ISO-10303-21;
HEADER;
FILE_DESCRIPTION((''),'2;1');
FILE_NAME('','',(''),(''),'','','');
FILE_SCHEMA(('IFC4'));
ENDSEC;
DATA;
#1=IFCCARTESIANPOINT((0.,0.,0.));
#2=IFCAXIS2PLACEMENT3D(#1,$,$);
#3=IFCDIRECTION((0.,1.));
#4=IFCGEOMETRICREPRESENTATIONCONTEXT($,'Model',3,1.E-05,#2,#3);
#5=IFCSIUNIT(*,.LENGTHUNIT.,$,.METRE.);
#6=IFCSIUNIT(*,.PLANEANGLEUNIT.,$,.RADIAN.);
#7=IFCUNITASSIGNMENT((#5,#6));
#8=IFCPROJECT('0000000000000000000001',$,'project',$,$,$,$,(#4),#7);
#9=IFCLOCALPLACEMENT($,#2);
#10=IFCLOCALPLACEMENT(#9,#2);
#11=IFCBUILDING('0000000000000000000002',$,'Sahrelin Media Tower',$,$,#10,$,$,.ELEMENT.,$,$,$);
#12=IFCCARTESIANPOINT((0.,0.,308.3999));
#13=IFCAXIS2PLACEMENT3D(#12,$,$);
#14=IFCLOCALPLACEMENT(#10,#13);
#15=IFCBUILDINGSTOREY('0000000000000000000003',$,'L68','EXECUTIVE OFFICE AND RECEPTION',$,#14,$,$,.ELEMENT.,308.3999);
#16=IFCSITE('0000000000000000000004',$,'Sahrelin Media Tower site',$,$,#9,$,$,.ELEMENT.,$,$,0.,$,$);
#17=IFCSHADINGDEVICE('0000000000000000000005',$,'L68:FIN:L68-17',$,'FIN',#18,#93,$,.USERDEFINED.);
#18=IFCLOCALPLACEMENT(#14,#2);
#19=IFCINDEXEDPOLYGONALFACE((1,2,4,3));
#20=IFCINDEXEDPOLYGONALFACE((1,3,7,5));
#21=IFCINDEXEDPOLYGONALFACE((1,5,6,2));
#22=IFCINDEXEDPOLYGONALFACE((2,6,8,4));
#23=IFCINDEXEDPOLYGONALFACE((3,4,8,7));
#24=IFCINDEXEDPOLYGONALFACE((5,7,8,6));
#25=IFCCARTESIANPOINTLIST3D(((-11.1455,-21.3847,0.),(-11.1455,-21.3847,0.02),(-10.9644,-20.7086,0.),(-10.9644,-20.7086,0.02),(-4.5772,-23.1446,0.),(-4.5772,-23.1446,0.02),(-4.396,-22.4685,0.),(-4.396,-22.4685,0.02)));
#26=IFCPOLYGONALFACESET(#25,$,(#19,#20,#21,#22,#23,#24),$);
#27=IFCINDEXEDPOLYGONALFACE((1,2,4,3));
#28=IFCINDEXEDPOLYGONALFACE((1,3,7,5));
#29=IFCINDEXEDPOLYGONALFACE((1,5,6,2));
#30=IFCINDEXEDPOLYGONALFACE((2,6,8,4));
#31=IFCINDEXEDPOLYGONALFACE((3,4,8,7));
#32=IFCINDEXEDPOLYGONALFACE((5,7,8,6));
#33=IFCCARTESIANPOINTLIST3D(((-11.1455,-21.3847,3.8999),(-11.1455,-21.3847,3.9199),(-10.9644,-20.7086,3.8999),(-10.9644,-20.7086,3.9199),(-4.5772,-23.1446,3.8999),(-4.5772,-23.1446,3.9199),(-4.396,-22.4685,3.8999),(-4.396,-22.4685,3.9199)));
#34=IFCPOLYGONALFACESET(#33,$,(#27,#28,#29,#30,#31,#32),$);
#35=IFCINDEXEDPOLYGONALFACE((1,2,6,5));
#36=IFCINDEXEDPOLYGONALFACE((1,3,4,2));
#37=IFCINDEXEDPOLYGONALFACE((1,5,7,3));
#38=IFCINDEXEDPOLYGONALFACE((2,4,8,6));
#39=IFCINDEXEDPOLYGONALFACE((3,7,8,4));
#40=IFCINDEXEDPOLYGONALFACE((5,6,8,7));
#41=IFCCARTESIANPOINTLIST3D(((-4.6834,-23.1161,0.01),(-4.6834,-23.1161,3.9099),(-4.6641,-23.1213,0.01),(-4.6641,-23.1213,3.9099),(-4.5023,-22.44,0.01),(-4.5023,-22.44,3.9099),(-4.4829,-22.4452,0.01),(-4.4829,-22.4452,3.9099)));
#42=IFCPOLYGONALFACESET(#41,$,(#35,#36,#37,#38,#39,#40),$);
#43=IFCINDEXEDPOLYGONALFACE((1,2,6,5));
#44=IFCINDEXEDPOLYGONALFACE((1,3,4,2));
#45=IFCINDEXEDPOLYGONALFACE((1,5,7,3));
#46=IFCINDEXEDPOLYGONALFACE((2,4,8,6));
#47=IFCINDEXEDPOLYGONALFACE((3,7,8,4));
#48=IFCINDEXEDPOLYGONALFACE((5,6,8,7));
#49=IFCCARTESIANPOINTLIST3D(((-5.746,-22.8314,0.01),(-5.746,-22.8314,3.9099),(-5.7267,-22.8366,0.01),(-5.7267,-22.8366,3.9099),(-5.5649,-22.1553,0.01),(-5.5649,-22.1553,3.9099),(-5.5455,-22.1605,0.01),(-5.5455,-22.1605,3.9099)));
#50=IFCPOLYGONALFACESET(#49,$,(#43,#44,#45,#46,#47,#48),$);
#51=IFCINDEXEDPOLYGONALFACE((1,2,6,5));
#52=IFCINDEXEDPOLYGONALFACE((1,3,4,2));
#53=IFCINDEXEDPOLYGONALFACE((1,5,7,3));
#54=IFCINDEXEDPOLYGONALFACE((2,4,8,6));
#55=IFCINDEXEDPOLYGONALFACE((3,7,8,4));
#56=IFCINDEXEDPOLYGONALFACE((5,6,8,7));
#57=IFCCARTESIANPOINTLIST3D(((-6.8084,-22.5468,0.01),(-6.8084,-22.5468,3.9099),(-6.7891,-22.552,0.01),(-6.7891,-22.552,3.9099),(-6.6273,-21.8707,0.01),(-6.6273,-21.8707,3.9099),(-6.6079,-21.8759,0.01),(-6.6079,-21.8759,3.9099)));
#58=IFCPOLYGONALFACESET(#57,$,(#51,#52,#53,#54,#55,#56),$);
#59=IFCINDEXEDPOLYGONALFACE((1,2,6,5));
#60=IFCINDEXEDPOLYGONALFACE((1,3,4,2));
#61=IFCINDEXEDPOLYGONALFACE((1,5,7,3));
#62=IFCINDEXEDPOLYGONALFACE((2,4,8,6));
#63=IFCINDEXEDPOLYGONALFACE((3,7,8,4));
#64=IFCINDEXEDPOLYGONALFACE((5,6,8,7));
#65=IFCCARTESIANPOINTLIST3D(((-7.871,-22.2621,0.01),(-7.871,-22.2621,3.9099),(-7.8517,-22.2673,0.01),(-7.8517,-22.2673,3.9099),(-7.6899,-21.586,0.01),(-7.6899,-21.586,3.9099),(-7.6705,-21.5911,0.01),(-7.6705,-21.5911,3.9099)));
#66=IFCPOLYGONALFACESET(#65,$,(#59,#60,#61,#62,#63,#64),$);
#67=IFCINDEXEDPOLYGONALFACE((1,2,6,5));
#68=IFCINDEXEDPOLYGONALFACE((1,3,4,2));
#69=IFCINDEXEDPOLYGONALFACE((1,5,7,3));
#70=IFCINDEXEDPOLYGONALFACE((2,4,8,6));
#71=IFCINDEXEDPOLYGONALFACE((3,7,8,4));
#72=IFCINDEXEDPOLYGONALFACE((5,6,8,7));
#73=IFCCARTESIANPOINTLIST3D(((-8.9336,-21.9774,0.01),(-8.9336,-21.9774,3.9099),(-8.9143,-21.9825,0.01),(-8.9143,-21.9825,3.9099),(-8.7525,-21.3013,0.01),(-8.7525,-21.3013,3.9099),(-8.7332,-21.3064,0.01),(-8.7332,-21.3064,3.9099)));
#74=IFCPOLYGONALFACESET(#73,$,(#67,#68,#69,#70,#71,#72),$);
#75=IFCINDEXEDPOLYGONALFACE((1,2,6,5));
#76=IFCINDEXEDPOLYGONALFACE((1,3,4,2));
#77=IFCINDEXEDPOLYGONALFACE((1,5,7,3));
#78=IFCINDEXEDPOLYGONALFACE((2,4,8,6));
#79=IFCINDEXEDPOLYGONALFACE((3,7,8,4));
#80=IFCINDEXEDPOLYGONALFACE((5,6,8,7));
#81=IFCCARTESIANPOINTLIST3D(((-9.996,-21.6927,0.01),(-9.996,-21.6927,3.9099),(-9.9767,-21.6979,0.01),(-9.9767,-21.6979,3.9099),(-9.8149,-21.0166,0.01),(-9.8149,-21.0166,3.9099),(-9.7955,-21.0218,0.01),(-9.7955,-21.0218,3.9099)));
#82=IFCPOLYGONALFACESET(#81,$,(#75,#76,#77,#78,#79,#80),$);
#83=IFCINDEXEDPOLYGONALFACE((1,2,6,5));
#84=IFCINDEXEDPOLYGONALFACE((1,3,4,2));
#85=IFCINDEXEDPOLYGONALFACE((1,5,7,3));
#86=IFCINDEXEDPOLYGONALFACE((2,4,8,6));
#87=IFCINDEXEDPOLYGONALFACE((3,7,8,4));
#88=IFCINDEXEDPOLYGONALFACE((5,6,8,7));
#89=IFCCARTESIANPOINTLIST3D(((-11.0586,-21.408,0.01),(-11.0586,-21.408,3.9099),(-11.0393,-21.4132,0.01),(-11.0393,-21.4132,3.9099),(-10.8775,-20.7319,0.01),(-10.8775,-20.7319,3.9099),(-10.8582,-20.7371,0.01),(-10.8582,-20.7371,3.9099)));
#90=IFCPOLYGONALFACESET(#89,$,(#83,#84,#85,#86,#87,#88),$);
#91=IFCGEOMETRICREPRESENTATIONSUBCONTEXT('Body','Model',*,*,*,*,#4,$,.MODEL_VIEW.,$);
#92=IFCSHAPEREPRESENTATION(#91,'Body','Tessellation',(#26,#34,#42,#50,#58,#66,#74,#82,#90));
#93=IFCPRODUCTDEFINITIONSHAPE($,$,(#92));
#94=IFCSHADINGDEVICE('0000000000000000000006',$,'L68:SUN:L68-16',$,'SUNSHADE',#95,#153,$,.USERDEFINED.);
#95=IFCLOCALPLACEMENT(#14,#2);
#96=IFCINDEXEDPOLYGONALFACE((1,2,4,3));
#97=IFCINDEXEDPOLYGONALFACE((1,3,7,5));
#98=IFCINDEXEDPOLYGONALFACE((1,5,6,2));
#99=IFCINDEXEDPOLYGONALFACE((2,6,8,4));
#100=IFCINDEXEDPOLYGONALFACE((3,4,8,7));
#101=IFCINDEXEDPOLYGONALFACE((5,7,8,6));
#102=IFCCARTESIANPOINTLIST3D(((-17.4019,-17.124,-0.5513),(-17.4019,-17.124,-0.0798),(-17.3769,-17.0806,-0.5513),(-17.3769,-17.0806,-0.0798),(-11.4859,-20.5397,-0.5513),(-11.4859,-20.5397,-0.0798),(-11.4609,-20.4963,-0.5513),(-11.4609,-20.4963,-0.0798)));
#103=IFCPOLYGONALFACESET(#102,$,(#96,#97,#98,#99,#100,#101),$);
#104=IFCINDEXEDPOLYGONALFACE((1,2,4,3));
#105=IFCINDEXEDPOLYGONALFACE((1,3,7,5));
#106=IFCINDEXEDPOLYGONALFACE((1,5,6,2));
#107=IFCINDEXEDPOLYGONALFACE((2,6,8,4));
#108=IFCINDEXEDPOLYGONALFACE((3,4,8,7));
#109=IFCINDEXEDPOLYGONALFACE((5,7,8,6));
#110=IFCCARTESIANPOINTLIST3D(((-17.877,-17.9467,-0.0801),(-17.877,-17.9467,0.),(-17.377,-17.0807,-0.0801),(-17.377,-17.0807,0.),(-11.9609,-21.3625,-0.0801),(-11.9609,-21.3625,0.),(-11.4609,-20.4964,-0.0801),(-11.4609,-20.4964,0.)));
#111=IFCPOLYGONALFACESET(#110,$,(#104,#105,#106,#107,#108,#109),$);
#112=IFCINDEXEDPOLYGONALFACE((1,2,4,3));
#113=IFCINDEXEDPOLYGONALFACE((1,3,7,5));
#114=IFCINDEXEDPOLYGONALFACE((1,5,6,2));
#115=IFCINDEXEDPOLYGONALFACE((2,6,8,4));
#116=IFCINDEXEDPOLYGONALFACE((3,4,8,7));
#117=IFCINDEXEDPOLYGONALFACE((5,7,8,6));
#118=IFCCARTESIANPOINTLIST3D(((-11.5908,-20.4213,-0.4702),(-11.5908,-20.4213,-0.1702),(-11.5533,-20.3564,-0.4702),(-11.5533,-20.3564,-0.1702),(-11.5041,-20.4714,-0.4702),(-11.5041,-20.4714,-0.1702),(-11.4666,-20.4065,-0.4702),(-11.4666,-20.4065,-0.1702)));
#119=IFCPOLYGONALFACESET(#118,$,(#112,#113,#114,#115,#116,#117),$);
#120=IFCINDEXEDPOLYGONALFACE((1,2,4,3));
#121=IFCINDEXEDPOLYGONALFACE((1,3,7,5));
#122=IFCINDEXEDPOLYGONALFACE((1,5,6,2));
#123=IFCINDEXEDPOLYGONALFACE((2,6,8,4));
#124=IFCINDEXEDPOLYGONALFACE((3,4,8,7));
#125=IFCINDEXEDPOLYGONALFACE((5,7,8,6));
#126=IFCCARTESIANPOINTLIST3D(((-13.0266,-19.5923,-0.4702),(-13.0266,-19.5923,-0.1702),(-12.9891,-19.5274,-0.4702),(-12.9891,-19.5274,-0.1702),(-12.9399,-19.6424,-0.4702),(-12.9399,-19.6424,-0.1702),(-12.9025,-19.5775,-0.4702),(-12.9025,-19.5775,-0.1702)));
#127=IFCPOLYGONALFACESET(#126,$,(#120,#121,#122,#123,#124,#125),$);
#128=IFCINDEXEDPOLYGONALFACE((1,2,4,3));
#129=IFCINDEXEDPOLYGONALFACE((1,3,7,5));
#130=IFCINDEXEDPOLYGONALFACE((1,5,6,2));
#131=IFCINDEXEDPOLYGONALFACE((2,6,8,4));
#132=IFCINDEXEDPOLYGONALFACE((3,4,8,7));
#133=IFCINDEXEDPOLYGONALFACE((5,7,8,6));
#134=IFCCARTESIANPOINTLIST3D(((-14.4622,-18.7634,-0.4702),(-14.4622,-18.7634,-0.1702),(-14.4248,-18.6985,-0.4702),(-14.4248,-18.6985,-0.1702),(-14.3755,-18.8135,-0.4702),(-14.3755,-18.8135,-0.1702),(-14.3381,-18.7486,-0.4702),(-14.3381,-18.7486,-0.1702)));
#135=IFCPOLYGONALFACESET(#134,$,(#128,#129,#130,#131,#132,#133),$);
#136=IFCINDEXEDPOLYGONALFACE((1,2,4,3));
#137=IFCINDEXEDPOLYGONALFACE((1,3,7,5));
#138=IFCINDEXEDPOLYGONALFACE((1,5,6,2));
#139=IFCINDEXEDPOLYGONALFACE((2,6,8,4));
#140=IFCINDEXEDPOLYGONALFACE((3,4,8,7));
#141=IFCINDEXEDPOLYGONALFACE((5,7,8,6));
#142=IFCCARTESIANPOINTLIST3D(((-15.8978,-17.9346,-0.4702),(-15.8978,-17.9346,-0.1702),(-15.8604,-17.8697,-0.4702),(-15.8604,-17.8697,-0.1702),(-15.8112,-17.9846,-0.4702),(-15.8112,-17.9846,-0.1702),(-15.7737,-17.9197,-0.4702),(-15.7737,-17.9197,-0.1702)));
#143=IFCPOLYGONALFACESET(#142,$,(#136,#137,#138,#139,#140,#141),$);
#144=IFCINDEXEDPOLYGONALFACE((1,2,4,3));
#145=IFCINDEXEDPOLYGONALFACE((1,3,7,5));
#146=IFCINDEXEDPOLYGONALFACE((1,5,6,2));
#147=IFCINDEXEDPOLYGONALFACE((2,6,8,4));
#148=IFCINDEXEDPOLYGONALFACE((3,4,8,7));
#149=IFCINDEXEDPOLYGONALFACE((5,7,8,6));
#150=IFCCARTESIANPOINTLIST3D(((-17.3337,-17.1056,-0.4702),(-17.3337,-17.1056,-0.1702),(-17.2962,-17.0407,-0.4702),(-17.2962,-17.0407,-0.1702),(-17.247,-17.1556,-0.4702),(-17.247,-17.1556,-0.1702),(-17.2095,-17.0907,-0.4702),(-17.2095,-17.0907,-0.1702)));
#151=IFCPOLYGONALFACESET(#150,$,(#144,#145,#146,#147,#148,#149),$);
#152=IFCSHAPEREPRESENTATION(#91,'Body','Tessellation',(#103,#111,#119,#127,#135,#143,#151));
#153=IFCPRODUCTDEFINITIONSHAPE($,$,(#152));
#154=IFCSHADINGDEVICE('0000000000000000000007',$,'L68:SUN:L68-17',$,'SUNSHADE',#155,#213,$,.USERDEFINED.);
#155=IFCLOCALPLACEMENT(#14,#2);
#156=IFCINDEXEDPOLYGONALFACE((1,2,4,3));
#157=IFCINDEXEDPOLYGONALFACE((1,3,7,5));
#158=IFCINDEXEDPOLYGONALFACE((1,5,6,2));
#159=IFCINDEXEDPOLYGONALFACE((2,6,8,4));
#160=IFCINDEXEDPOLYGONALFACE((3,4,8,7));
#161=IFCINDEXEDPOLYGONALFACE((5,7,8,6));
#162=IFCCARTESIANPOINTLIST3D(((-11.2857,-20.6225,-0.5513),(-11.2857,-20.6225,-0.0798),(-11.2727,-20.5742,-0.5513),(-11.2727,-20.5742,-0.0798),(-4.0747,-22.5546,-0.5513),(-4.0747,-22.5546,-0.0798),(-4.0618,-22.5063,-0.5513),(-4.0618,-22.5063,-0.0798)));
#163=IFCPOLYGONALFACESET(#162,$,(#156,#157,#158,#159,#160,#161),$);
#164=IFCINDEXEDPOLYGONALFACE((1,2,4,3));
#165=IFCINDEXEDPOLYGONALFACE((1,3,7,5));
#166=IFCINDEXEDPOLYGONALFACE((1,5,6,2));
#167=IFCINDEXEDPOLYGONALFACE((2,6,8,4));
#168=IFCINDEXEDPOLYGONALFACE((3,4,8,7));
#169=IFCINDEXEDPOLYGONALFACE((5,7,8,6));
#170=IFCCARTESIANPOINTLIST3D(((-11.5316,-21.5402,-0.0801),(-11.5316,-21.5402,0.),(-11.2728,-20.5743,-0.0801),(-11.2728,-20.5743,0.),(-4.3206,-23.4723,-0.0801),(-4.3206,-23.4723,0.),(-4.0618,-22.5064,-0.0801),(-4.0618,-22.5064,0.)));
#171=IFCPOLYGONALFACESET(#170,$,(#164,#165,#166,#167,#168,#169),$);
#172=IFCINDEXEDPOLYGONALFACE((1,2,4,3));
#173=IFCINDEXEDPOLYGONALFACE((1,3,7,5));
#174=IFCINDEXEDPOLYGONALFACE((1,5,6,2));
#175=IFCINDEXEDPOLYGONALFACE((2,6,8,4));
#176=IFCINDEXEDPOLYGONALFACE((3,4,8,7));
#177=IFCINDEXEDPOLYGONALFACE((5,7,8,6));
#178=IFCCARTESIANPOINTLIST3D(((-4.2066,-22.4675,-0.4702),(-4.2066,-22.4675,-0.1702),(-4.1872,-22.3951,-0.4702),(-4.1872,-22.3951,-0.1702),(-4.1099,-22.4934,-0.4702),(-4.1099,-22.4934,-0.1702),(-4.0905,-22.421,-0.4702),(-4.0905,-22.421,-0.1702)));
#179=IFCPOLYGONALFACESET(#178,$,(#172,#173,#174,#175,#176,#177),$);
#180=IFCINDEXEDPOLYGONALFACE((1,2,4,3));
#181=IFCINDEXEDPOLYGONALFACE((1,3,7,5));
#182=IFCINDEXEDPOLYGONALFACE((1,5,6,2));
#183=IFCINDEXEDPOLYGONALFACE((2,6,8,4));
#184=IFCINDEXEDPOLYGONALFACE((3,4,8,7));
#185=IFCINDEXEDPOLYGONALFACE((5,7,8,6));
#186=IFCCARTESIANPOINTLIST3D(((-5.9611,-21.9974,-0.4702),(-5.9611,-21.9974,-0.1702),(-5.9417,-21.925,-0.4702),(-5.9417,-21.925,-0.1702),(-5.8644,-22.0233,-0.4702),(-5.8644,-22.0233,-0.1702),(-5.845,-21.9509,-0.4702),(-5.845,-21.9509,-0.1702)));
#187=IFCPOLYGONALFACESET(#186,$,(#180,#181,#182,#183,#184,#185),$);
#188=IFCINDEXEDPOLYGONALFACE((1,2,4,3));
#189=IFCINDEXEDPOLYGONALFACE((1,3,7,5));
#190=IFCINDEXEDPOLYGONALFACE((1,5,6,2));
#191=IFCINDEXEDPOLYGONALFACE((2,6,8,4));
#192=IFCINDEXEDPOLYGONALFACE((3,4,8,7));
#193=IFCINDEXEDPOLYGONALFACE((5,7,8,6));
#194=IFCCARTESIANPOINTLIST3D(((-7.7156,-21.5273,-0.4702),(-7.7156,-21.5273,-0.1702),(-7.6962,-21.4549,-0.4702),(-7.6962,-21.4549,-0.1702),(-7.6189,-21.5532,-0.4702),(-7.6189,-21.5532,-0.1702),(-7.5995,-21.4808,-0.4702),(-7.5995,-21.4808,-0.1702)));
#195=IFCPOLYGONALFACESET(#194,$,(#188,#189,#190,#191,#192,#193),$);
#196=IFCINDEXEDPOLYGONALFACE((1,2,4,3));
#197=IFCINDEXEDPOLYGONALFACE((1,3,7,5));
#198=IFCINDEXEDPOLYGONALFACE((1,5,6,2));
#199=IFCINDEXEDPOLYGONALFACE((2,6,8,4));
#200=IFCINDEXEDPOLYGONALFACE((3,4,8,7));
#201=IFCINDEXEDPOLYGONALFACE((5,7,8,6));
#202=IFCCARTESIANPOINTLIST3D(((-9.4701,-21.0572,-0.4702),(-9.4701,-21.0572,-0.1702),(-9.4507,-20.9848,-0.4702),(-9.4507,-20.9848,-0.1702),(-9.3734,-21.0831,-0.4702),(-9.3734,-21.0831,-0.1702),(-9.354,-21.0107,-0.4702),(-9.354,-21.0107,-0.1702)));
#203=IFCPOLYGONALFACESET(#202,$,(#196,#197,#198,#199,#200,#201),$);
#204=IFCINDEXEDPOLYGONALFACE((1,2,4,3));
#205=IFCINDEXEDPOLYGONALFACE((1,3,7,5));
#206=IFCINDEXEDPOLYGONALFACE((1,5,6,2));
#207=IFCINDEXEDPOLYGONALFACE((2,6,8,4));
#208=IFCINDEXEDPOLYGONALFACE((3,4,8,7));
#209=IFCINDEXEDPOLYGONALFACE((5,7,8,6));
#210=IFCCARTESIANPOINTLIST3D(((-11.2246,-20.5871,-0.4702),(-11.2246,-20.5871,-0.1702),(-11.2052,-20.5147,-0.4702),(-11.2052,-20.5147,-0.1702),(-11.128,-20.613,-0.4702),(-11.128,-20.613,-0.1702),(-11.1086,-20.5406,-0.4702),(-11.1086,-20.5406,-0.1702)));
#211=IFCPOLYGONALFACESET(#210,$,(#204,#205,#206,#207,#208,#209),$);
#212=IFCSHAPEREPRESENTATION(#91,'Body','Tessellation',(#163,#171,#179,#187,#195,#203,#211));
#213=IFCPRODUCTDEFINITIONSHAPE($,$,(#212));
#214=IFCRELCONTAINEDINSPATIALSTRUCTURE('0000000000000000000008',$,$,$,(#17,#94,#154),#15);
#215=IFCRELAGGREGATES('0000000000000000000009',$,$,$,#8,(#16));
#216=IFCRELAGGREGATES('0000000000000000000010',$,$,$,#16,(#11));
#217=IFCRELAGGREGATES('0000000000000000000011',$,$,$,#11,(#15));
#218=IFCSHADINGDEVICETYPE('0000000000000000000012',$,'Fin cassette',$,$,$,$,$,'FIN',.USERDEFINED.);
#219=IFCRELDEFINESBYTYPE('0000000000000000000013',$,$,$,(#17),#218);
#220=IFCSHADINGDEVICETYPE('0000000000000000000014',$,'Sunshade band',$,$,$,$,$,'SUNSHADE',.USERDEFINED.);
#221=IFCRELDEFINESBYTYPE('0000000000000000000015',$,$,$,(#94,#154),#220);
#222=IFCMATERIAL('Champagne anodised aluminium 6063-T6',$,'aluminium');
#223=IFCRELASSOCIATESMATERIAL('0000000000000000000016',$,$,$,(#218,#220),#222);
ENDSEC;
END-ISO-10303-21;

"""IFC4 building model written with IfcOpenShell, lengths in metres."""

from ifc_helpers import new_model, si_unit, direction, frame, origin, origin_2d, place, context, subcontext, project, spatial, rectangle, extrude, material, type_object, element, save


model = new_model("IFC4")

# Units and contexts
model_context = context("Model", 3, precision=1e-05, world=origin(), true_north=direction((0.0, 1.0)))
body_context = subcontext(model_context, "Body", "Model", "MODEL_VIEW")
ifc_project = project(units=[si_unit("LENGTHUNIT", "METRE"), si_unit("PLANEANGLEUNIT", "RADIAN")], contexts=[model_context])

# Site, building, storey
site_placement = place(None, origin())
site = spatial("IfcSite", under=ifc_project, at=site_placement, Name="Sahrelin Media Tower site", CompositionType="ELEMENT", RefElevation=0.0)
building_placement = place(site_placement, origin())
building = spatial("IfcBuilding", under=site, at=building_placement, Name="Sahrelin Media Tower", CompositionType="ELEMENT")
storey_placement = place(building_placement, frame((0.0, 0.0, 308.3999)))
storey = spatial("IfcBuildingStorey", under=building, at=storey_placement, Name="L68", Description="EXECUTIVE OFFICE AND RECEPTION", CompositionType="ELEMENT", Elevation=308.3999)

# Shared definitions
ifc_material_1 = material(Name="Champagne anodised aluminium 6063-T6", Category="aluminium")

# Shading devices
shading_device_type_1 = type_object("IfcShadingDeviceType", Name="Fin cassette", ElementType="FIN", PredefinedType="USERDEFINED", material=ifc_material_1)
placement_1 = place(storey_placement, frame((-14.4089, -18.7712, 0.0), z_axis=(0.0, 0.0, 1.0), x_axis=(-0.866019, 0.500011, 0.0)))
placement_2 = place(storey_placement, frame((-7.6621, -21.521, 0.0), z_axis=(0.0, 0.0, 1.0), x_axis=(-0.965929, 0.258808, 0.0)))
element("IfcShadingDevice", 1, at=placement_2, inside=storey, type_object=shading_device_type_1, Name="L68:FIN:L68-17", ObjectType="FIN", PredefinedType="USERDEFINED", context=body_context, shape_type="SweptSolid", body=[
    extrude(rectangle(XDim=6.8, YDim=0.7, at=origin_2d()), frame((0.0, 0.4199, 0.0)), (0.0, 0.0, 1.0), 0.02),
    extrude(rectangle(XDim=6.8, YDim=0.7, at=origin_2d()), frame((0.0, 0.4199, 3.8999)), (0.0, 0.0, 1.0), 0.02),
    extrude(rectangle(XDim=0.02, YDim=0.7, at=origin_2d()), frame((-3.3, 0.4199, 0.01), z_axis=(0.0, 0.0, 1.0), x_axis=(1.0, 0.0, 0.0)), (0.0, 0.0, 1.0), 3.8999),
    extrude(rectangle(XDim=0.02, YDim=0.7, at=origin_2d()), frame((-2.2, 0.4199, 0.01), z_axis=(0.0, 0.0, 1.0), x_axis=(1.0, 0.0, 0.0)), (0.0, 0.0, 1.0), 3.8999),
    extrude(rectangle(XDim=0.02, YDim=0.7, at=origin_2d()), frame((-1.1001, 0.4199, 0.01), z_axis=(0.0, 0.0, 1.0), x_axis=(1.0, 0.0, 0.0)), (0.0, 0.0, 1.0), 3.8999),
    extrude(rectangle(XDim=0.02, YDim=0.7, at=origin_2d()), frame((0.0, 0.4199, 0.01), z_axis=(0.0, 0.0, 1.0), x_axis=(1.0, 0.0, 0.0)), (0.0, 0.0, 1.0), 3.8999),
    extrude(rectangle(XDim=0.02, YDim=0.7, at=origin_2d()), frame((1.1001, 0.4199, 0.01), z_axis=(0.0, 0.0, 1.0), x_axis=(1.0, 0.0, 0.0)), (0.0, 0.0, 1.0), 3.8999),
    extrude(rectangle(XDim=0.02, YDim=0.7, at=origin_2d()), frame((2.2, 0.4199, 0.01), z_axis=(0.0, 0.0, 1.0), x_axis=(1.0, 0.0, 0.0)), (0.0, 0.0, 1.0), 3.8999),
    extrude(rectangle(XDim=0.02, YDim=0.7, at=origin_2d()), frame((3.3, 0.4199, 0.01), z_axis=(0.0, 0.0, 1.0), x_axis=(1.0, 0.0, 0.0)), (0.0, 0.0, 1.0), 3.8999),
])
shading_device_type_2 = type_object("IfcShadingDeviceType", Name="Sunshade band", ElementType="SUNSHADE", PredefinedType="USERDEFINED", material=ifc_material_1)
element("IfcShadingDevice", 2, at=placement_1, inside=storey, type_object=shading_device_type_2, Name="L68:SUN:L68-16", ObjectType="SUNSHADE", PredefinedType="USERDEFINED", context=body_context, shape_type="SweptSolid", body=[
    extrude(rectangle(XDim=6.8313, YDim=0.05, at=origin_2d()), frame((0.0, 0.0449, -0.5513)), (0.0, 0.0, 1.0), 0.4714),
    extrude(rectangle(XDim=6.8313, YDim=1.0, at=origin_2d()), frame((0.0, 0.52, -0.0801)), (0.0, 0.0, 1.0), 0.0801),
    extrude(rectangle(XDim=0.1001, YDim=0.075, at=origin_2d()), frame((-3.3157, -0.0176, -0.4702)), (0.0, 0.0, 1.0), 0.3),
    extrude(rectangle(XDim=0.1001, YDim=0.075, at=origin_2d()), frame((-1.6577, -0.0176, -0.4702)), (0.0, 0.0, 1.0), 0.3),
    extrude(rectangle(XDim=0.1001, YDim=0.075, at=origin_2d()), frame((0.0, -0.0176, -0.4702)), (0.0, 0.0, 1.0), 0.3),
    extrude(rectangle(XDim=0.1001, YDim=0.075, at=origin_2d()), frame((1.6577, -0.0176, -0.4702)), (0.0, 0.0, 1.0), 0.3),
    extrude(rectangle(XDim=0.1001, YDim=0.075, at=origin_2d()), frame((3.3157, -0.0176, -0.4702)), (0.0, 0.0, 1.0), 0.3),
])
element("IfcShadingDevice", 3, at=placement_2, inside=storey, type_object=shading_device_type_2, Name="L68:SUN:L68-17", ObjectType="SUNSHADE", PredefinedType="USERDEFINED", context=body_context, shape_type="SweptSolid", body=[
    extrude(rectangle(XDim=7.4653, YDim=0.05, at=origin_2d()), frame((0.0, 0.0449, -0.5513)), (0.0, 0.0, 1.0), 0.4714),
    extrude(rectangle(XDim=7.4653, YDim=1.0, at=origin_2d()), frame((0.0, 0.52, -0.0801)), (0.0, 0.0, 1.0), 0.0801),
    extrude(rectangle(XDim=0.1001, YDim=0.075, at=origin_2d()), frame((-3.6328, -0.0176, -0.4702)), (0.0, 0.0, 1.0), 0.3),
    extrude(rectangle(XDim=0.1001, YDim=0.075, at=origin_2d()), frame((-1.8164, -0.0176, -0.4702)), (0.0, 0.0, 1.0), 0.3),
    extrude(rectangle(XDim=0.1001, YDim=0.075, at=origin_2d()), frame((0.0, -0.0176, -0.4702)), (0.0, 0.0, 1.0), 0.3),
    extrude(rectangle(XDim=0.1001, YDim=0.075, at=origin_2d()), frame((1.8164, -0.0176, -0.4702)), (0.0, 0.0, 1.0), 0.3),
    extrude(rectangle(XDim=0.1001, YDim=0.075, at=origin_2d()), frame((3.6328, -0.0176, -0.4702)), (0.0, 0.0, 1.0), 0.3),
])

save(model, "model.ifc")
